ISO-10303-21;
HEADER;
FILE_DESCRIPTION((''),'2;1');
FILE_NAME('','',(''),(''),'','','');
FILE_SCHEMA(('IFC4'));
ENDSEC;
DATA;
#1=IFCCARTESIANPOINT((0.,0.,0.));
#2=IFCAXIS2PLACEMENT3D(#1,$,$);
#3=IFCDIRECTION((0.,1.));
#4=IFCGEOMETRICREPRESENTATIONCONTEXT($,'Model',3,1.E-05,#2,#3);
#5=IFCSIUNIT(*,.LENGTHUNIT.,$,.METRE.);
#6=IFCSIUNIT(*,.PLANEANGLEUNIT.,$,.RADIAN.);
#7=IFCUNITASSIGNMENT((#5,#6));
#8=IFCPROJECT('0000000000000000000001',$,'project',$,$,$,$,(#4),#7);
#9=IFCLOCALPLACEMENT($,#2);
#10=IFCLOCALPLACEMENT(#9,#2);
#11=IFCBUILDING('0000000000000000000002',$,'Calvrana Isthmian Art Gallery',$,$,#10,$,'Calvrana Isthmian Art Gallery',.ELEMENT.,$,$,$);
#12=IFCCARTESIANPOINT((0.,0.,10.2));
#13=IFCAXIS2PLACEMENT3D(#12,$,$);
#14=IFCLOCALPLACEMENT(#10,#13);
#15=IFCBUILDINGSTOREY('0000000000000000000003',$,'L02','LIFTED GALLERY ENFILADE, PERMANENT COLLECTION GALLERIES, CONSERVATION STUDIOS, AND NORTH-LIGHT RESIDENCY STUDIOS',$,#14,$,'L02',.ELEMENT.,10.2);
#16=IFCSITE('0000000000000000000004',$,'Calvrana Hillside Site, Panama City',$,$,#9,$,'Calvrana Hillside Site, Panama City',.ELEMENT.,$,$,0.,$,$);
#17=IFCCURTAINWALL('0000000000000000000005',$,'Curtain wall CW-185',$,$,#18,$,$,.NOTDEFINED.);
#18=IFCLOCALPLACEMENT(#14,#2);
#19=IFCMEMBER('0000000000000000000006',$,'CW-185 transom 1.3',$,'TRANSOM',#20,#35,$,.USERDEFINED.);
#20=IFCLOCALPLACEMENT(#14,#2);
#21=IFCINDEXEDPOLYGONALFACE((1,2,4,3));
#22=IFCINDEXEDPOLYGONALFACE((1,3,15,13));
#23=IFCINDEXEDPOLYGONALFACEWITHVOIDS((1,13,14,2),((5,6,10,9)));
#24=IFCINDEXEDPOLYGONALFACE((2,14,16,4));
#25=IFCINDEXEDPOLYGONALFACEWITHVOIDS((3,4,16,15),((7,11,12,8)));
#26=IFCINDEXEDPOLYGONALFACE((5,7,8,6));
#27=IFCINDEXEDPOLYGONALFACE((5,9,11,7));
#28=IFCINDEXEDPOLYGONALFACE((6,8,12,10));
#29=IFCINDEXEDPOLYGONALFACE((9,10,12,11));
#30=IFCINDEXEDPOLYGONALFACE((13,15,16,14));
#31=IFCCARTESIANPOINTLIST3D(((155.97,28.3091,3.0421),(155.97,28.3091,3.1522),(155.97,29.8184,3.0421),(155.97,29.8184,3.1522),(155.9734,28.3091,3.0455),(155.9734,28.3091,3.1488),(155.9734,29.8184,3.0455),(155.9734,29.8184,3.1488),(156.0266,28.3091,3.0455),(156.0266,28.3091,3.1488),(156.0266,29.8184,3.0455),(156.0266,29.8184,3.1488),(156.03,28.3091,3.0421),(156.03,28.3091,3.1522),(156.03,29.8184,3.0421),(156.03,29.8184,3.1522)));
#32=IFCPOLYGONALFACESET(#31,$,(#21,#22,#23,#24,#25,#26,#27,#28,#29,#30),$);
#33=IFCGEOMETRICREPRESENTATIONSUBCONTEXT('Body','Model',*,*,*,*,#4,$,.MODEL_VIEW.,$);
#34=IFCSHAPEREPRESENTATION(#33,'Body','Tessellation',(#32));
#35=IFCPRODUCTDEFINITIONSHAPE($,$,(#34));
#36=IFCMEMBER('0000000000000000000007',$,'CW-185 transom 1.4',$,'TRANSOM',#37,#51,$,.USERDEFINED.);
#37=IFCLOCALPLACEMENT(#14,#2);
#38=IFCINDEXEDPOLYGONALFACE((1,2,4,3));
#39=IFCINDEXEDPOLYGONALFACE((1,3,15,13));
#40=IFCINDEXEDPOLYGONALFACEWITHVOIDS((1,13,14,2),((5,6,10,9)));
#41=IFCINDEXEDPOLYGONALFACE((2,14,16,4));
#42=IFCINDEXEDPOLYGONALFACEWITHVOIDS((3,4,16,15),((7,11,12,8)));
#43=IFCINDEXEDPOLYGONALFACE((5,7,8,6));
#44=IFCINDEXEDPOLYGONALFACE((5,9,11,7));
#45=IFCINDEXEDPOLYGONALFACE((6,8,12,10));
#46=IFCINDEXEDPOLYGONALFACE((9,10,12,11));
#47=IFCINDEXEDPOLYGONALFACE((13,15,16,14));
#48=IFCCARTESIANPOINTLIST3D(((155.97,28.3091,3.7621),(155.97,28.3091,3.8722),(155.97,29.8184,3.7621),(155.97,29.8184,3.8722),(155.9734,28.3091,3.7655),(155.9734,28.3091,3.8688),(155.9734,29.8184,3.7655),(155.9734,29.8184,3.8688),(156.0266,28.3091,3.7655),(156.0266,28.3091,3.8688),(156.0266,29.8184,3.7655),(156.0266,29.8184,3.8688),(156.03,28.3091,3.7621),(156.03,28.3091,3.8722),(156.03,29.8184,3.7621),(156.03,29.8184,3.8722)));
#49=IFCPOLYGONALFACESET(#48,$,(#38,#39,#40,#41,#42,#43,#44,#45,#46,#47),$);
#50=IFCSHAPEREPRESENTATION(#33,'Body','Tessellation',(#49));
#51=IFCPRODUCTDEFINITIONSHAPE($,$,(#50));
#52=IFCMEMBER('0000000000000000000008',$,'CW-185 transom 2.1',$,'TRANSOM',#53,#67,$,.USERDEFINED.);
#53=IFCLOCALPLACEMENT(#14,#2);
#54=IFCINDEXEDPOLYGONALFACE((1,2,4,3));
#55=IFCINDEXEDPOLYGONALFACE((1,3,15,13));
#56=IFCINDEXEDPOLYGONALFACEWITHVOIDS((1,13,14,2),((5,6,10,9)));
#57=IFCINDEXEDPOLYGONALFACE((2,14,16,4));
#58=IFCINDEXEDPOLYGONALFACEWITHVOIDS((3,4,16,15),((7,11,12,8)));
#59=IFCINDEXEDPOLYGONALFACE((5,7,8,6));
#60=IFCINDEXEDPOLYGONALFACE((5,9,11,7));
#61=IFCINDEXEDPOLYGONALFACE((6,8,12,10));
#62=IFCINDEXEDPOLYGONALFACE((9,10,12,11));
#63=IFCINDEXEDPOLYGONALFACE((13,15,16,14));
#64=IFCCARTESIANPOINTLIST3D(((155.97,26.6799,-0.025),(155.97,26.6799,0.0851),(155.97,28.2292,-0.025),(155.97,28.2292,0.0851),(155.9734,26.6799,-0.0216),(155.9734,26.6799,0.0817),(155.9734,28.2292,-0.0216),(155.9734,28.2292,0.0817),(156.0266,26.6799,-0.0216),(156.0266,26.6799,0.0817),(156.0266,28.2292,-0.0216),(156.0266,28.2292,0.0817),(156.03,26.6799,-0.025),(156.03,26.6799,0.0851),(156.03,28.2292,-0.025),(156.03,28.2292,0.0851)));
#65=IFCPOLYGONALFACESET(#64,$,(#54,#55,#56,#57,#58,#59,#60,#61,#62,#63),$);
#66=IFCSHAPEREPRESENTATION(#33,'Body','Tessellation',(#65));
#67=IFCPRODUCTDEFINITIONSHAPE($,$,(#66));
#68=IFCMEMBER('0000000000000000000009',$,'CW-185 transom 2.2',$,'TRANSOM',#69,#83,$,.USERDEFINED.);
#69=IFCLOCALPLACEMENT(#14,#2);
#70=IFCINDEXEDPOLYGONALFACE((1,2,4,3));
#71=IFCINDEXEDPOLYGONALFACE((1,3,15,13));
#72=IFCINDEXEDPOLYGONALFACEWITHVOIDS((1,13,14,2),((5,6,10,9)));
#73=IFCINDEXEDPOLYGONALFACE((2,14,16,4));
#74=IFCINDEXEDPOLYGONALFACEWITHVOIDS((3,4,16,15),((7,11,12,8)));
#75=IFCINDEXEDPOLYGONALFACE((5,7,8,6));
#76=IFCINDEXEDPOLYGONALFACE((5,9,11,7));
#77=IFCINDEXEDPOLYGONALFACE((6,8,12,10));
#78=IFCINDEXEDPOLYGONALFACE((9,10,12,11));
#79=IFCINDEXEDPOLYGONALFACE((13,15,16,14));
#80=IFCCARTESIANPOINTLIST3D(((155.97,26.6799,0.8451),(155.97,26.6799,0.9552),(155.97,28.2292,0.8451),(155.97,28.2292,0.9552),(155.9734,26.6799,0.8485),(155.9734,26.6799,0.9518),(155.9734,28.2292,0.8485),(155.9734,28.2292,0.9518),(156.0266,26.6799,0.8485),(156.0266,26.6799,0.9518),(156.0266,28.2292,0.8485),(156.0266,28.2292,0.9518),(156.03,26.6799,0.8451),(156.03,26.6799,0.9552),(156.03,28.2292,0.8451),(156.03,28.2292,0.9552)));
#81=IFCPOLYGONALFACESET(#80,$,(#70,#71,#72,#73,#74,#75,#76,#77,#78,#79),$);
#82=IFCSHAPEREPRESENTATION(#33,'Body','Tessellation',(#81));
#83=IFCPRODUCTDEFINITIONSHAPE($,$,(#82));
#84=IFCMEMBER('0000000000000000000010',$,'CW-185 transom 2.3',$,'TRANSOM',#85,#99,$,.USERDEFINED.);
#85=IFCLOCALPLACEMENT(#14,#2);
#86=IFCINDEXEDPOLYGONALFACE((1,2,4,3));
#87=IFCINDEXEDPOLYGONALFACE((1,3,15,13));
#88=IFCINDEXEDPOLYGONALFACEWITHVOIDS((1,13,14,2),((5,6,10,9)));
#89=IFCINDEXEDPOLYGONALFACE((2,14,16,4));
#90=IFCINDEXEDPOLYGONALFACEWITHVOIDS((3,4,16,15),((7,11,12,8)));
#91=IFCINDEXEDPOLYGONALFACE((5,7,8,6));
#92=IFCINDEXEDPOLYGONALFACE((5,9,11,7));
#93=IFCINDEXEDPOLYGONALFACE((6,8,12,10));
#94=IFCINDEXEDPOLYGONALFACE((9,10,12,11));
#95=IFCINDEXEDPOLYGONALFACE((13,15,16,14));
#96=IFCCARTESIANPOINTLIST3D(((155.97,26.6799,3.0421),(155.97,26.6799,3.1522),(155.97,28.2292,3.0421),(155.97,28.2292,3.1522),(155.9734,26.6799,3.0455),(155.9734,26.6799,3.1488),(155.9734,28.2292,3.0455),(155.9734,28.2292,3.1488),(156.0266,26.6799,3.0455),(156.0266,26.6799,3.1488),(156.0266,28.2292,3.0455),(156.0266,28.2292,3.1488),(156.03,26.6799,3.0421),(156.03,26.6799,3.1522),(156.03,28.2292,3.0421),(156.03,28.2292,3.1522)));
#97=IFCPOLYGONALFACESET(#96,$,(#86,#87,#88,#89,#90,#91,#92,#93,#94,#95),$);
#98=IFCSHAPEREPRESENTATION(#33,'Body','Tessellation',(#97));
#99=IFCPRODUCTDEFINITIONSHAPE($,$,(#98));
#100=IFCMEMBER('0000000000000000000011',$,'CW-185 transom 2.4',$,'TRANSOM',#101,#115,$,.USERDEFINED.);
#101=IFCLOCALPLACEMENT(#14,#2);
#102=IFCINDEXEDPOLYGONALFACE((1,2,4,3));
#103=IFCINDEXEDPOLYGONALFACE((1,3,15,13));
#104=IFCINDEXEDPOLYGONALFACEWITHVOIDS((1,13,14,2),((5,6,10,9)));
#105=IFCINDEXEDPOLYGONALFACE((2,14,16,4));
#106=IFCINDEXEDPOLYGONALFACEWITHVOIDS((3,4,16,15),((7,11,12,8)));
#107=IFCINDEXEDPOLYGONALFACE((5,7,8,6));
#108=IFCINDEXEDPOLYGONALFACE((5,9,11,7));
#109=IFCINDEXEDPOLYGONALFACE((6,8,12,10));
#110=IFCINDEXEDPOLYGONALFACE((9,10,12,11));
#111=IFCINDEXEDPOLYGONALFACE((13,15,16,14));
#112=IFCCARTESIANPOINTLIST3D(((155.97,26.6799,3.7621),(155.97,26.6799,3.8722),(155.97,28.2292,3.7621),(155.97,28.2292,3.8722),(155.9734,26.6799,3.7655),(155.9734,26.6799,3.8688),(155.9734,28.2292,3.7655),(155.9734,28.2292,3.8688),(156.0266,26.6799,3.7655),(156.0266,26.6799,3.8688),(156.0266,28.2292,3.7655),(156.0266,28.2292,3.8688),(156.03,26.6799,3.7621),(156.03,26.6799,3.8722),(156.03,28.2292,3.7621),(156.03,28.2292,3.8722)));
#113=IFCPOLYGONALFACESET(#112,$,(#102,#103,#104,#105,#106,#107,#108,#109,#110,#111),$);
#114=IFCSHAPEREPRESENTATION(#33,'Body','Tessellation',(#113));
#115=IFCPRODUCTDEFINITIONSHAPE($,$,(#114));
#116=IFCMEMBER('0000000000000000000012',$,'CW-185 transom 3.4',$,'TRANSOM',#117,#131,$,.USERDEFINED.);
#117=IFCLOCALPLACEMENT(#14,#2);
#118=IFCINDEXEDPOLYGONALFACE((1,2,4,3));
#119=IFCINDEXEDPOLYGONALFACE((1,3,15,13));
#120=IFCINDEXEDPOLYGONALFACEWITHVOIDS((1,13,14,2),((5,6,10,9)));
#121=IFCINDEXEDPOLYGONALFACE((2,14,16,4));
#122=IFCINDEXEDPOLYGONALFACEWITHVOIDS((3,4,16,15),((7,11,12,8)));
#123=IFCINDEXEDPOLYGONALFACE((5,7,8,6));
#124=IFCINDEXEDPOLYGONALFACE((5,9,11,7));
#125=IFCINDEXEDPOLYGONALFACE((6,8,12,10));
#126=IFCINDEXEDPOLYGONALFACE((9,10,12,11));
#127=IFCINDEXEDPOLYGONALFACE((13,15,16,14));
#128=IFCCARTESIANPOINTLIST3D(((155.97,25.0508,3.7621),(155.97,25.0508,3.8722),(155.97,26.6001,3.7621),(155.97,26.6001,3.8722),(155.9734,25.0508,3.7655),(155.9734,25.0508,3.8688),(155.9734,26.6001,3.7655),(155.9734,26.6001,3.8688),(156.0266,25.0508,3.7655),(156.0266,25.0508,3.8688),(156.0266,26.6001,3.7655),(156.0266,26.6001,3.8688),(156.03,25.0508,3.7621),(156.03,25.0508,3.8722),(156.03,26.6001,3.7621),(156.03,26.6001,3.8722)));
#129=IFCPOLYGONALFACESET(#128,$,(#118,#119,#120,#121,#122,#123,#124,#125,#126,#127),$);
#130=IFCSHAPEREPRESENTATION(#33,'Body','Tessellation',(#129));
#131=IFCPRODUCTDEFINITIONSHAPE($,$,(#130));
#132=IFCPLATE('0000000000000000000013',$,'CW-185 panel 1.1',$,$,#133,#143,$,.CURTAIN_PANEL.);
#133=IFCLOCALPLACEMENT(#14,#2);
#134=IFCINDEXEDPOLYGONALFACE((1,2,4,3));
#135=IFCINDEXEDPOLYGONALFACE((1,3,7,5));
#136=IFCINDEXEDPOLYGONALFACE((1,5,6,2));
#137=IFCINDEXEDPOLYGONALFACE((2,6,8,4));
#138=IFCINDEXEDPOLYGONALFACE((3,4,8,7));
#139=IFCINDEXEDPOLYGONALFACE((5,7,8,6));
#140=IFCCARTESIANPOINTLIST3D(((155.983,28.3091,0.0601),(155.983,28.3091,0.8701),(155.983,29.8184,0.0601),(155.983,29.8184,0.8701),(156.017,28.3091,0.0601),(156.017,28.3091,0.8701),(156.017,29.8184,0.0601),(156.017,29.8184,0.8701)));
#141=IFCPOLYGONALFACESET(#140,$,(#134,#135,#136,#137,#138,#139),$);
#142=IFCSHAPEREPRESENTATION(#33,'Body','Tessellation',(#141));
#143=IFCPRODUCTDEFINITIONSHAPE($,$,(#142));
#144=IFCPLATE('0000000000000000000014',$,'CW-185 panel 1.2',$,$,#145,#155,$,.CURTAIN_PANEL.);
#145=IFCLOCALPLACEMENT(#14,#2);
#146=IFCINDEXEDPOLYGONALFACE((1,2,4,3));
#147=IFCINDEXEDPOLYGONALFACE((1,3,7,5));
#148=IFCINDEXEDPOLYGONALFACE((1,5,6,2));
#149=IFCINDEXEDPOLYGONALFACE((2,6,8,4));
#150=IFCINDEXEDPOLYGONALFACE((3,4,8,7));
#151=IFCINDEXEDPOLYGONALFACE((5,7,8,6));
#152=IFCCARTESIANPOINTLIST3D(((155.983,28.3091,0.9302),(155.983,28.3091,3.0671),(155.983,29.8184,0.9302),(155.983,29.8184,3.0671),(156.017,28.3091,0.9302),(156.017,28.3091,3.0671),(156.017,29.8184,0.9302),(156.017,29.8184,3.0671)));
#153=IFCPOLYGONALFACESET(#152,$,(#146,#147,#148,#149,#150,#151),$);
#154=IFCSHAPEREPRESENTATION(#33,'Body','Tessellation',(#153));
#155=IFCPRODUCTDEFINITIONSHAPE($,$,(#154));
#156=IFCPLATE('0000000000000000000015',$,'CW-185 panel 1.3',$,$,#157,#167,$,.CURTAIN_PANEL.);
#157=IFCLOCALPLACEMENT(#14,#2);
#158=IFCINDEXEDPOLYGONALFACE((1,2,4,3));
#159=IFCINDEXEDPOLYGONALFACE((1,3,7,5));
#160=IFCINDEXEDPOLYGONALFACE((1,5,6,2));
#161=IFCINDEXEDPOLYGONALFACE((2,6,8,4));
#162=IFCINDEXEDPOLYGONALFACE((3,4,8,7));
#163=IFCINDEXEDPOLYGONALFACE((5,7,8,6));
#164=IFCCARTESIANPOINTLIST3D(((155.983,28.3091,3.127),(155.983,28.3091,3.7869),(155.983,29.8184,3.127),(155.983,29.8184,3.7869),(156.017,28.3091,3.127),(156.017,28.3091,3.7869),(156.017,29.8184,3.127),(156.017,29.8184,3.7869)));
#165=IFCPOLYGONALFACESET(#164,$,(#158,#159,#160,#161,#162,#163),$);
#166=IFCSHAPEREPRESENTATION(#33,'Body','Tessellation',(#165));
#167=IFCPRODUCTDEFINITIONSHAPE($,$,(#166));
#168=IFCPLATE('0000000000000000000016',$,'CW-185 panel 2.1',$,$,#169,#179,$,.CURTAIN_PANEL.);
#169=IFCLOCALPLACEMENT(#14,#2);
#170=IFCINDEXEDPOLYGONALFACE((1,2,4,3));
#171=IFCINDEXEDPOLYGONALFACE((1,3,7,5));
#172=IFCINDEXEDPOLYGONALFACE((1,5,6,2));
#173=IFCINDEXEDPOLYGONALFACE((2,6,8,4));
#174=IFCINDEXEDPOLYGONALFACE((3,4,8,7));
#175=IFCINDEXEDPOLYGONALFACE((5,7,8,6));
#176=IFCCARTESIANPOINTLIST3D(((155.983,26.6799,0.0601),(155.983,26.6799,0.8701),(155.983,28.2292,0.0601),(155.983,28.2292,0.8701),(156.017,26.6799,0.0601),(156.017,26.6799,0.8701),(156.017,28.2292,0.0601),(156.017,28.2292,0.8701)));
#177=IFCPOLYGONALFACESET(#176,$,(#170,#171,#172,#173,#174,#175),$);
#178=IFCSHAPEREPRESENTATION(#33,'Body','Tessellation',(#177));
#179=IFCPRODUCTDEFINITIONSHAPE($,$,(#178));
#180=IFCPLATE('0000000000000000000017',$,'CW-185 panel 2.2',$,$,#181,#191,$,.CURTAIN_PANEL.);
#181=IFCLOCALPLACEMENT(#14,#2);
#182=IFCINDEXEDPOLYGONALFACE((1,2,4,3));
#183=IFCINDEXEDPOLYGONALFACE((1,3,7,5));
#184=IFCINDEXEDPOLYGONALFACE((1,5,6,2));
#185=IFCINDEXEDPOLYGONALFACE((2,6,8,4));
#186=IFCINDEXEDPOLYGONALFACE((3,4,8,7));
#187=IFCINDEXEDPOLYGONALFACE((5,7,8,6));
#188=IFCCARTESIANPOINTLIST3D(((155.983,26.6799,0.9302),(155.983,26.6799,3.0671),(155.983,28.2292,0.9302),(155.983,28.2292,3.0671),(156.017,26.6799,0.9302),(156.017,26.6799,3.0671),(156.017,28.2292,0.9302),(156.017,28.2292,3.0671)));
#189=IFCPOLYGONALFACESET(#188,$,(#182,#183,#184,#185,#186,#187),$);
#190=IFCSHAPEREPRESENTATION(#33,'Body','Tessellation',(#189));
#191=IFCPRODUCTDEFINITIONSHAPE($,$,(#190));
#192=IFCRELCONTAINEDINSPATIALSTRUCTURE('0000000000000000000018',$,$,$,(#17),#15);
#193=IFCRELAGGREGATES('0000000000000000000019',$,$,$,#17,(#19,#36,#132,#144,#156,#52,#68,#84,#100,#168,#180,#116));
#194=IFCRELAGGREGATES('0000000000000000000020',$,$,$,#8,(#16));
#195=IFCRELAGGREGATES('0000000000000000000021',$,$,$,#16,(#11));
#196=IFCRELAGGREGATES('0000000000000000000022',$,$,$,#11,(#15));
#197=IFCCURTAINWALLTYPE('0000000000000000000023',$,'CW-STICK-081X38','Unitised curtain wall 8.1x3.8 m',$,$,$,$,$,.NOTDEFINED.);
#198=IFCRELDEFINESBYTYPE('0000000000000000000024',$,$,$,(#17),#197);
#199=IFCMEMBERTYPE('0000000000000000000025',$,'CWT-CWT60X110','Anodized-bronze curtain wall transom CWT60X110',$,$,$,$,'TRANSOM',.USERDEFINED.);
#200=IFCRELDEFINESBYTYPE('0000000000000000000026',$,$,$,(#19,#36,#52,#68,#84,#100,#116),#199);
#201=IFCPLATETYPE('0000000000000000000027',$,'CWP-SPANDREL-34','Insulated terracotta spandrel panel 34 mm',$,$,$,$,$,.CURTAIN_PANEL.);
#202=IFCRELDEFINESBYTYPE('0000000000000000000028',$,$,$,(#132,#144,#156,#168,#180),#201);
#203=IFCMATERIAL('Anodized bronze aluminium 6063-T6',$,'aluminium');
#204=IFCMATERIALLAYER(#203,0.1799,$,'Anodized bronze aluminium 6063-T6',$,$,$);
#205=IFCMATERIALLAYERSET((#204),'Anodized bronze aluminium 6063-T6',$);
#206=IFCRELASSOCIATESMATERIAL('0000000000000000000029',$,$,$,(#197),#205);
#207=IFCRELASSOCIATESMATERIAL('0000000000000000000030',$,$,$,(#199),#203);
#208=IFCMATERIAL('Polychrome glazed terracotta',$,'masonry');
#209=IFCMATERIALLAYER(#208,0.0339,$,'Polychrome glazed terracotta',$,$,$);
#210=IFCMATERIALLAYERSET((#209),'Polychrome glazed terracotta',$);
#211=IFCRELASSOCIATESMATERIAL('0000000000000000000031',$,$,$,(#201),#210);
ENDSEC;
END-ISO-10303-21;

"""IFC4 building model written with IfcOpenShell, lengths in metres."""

from ifc_helpers import new_model, si_unit, direction, frame, origin, origin_2d, place, context, subcontext, project, spatial, rectangle, hollow_rectangle, extrude, material, layer, layer_set, material_profile, profile_set, type_object, element, aggregate, save


model = new_model("IFC4")

# Units and contexts
model_context = context("Model", 3, precision=1e-05, world=origin(), true_north=direction((0.0, 1.0)))
body_context = subcontext(model_context, "Body", "Model", "MODEL_VIEW")
ifc_project = project(units=[si_unit("LENGTHUNIT", "METRE"), si_unit("PLANEANGLEUNIT", "RADIAN")], contexts=[model_context])

# Site, building, storey
site_placement = place(None, origin())
site = spatial("IfcSite", under=ifc_project, at=site_placement, Name="Calvrana Hillside Site, Panama City", LongName="Calvrana Hillside Site, Panama City", CompositionType="ELEMENT", RefElevation=0.0)
building_placement = place(site_placement, origin())
building = spatial("IfcBuilding", under=site, at=building_placement, Name="Calvrana Isthmian Art Gallery", LongName="Calvrana Isthmian Art Gallery", CompositionType="ELEMENT")
storey_placement = place(building_placement, frame((0.0, 0.0, 10.2)))
storey = spatial("IfcBuildingStorey", under=building, at=storey_placement, Name="L02", Description="LIFTED GALLERY ENFILADE, PERMANENT COLLECTION GALLERIES, CONSERVATION STUDIOS, AND NORTH-LIGHT RESIDENCY STUDIOS", LongName="L02", CompositionType="ELEMENT", Elevation=10.2)

# Curtain wall, members, plates
ifc_material_1 = material(Name="Anodized bronze aluminium 6063-T6", Category="aluminium")
ifc_layer_1 = layer(ifc_material_1, 0.1799, Name="Anodized bronze aluminium 6063-T6")
ifc_layer_set_1 = layer_set([ifc_layer_1], Name="Anodized bronze aluminium 6063-T6")
curtain_wall_type = type_object("IfcCurtainWallType", Name="CW-STICK-081X38", Description="Unitised curtain wall 8.1x3.8 m", PredefinedType="NOTDEFINED", material=ifc_layer_set_1)
curtain_wall_placement = place(storey_placement, origin())
curtain_wall = element("IfcCurtainWall", 1, at=curtain_wall_placement, inside=storey, type_object=curtain_wall_type, Name="Curtain wall CW-185", PredefinedType="NOTDEFINED")
ifc_material_profile_1 = material_profile(ifc_material_1, hollow_rectangle(XDim=0.0601, YDim=0.1101, WallThickness=0.0034, at=origin_2d()), Name="CWT60X110")
ifc_profile_set_1 = profile_set([ifc_material_profile_1], Name="Anodized bronze aluminium 6063-T6")
member_type_1 = type_object("IfcMemberType", Name="CWT-CWT60X110", Description="Anodized-bronze curtain wall transom CWT60X110", ElementType="TRANSOM", PredefinedType="USERDEFINED", material=ifc_profile_set_1)
member_1_placement = place(storey_placement, frame((156.0, 29.8184, 3.0972), z_axis=(0.0, -1.0, 0.0), x_axis=(1.0, 0.0, 0.0)))
member_1 = element("IfcMember", 2, at=member_1_placement, type_object=member_type_1, Name="CW-185 transom 1.3", ObjectType="TRANSOM", PredefinedType="USERDEFINED", context=body_context, shape_type="SweptSolid", body=[
    extrude(hollow_rectangle(XDim=0.0601, YDim=0.1101, WallThickness=0.0034, at=origin_2d()), origin(), (0.0, 0.0, 1.0), 1.5093),
])
member_2_placement = place(storey_placement, frame((156.0, 29.8184, 3.8171), z_axis=(0.0, -1.0, 0.0), x_axis=(1.0, 0.0, 0.0)))
member_2 = element("IfcMember", 3, at=member_2_placement, type_object=member_type_1, Name="CW-185 transom 1.4", ObjectType="TRANSOM", PredefinedType="USERDEFINED", context=body_context, shape_type="SweptSolid", body=[
    extrude(hollow_rectangle(XDim=0.0601, YDim=0.1101, WallThickness=0.0034, at=origin_2d()), origin(), (0.0, 0.0, 1.0), 1.5093),
])
member_3_placement = place(storey_placement, frame((156.0, 28.2292, 0.03), z_axis=(0.0, -1.0, 0.0), x_axis=(1.0, 0.0, 0.0)))
member_3 = element("IfcMember", 4, at=member_3_placement, type_object=member_type_1, Name="CW-185 transom 2.1", ObjectType="TRANSOM", PredefinedType="USERDEFINED", context=body_context, shape_type="SweptSolid", body=[
    extrude(hollow_rectangle(XDim=0.0601, YDim=0.1101, WallThickness=0.0034, at=origin_2d()), origin(), (0.0, 0.0, 1.0), 1.5493),
])
member_4_placement = place(storey_placement, frame((156.0, 28.2292, 0.9001), z_axis=(0.0, -1.0, 0.0), x_axis=(1.0, 0.0, 0.0)))
member_4 = element("IfcMember", 5, at=member_4_placement, type_object=member_type_1, Name="CW-185 transom 2.2", ObjectType="TRANSOM", PredefinedType="USERDEFINED", context=body_context, shape_type="SweptSolid", body=[
    extrude(hollow_rectangle(XDim=0.0601, YDim=0.1101, WallThickness=0.0034, at=origin_2d()), origin(), (0.0, 0.0, 1.0), 1.5493),
])
member_5_placement = place(storey_placement, frame((156.0, 28.2292, 3.0972), z_axis=(0.0, -1.0, 0.0), x_axis=(1.0, 0.0, 0.0)))
member_5 = element("IfcMember", 6, at=member_5_placement, type_object=member_type_1, Name="CW-185 transom 2.3", ObjectType="TRANSOM", PredefinedType="USERDEFINED", context=body_context, shape_type="SweptSolid", body=[
    extrude(hollow_rectangle(XDim=0.0601, YDim=0.1101, WallThickness=0.0034, at=origin_2d()), origin(), (0.0, 0.0, 1.0), 1.5493),
])
member_6_placement = place(storey_placement, frame((156.0, 28.2292, 3.8171), z_axis=(0.0, -1.0, 0.0), x_axis=(1.0, 0.0, 0.0)))
member_6 = element("IfcMember", 7, at=member_6_placement, type_object=member_type_1, Name="CW-185 transom 2.4", ObjectType="TRANSOM", PredefinedType="USERDEFINED", context=body_context, shape_type="SweptSolid", body=[
    extrude(hollow_rectangle(XDim=0.0601, YDim=0.1101, WallThickness=0.0034, at=origin_2d()), origin(), (0.0, 0.0, 1.0), 1.5493),
])
member_7_placement = place(storey_placement, frame((156.0, 26.6001, 3.8171), z_axis=(0.0, -1.0, 0.0), x_axis=(1.0, 0.0, 0.0)))
member_7 = element("IfcMember", 8, at=member_7_placement, type_object=member_type_1, Name="CW-185 transom 3.4", ObjectType="TRANSOM", PredefinedType="USERDEFINED", context=body_context, shape_type="SweptSolid", body=[
    extrude(hollow_rectangle(XDim=0.0601, YDim=0.1101, WallThickness=0.0034, at=origin_2d()), origin(), (0.0, 0.0, 1.0), 1.5493),
])
ifc_material_2 = material(Name="Polychrome glazed terracotta", Category="masonry")
ifc_layer_2 = layer(ifc_material_2, 0.0339, Name="Polychrome glazed terracotta")
ifc_layer_set_2 = layer_set([ifc_layer_2], Name="Polychrome glazed terracotta")
plate_type_1 = type_object("IfcPlateType", Name="CWP-SPANDREL-34", Description="Insulated terracotta spandrel panel 34 mm", PredefinedType="CURTAIN_PANEL", material=ifc_layer_set_2)
plate_1_placement = place(storey_placement, frame((156.0, 29.0637, 0.0601), z_axis=(0.0, 0.0, 1.0), x_axis=(0.0, -1.0, 0.0)))
plate_1 = element("IfcPlate", 9, at=plate_1_placement, type_object=plate_type_1, Name="CW-185 panel 1.1", PredefinedType="CURTAIN_PANEL", context=body_context, shape_type="SweptSolid", body=[
    extrude(rectangle(XDim=1.5093, YDim=0.0339, at=origin_2d()), origin(), (0.0, 0.0, 1.0), 0.8101),
])
plate_2_placement = place(storey_placement, frame((156.0, 29.0637, 0.9302), z_axis=(0.0, 0.0, 1.0), x_axis=(0.0, -1.0, 0.0)))
plate_2 = element("IfcPlate", 10, at=plate_2_placement, type_object=plate_type_1, Name="CW-185 panel 1.2", PredefinedType="CURTAIN_PANEL", context=body_context, shape_type="SweptSolid", body=[
    extrude(rectangle(XDim=1.5093, YDim=0.0339, at=origin_2d()), origin(), (0.0, 0.0, 1.0), 2.137),
])
plate_3_placement = place(storey_placement, frame((156.0, 29.0637, 3.127), z_axis=(0.0, 0.0, 1.0), x_axis=(0.0, -1.0, 0.0)))
plate_3 = element("IfcPlate", 11, at=plate_3_placement, type_object=plate_type_1, Name="CW-185 panel 1.3", PredefinedType="CURTAIN_PANEL", context=body_context, shape_type="SweptSolid", body=[
    extrude(rectangle(XDim=1.5093, YDim=0.0339, at=origin_2d()), origin(), (0.0, 0.0, 1.0), 0.6599),
])
plate_4_placement = place(storey_placement, frame((156.0, 27.4546, 0.0601), z_axis=(0.0, 0.0, 1.0), x_axis=(0.0, -1.0, 0.0)))
plate_4 = element("IfcPlate", 12, at=plate_4_placement, type_object=plate_type_1, Name="CW-185 panel 2.1", PredefinedType="CURTAIN_PANEL", context=body_context, shape_type="SweptSolid", body=[
    extrude(rectangle(XDim=1.5493, YDim=0.0339, at=origin_2d()), origin(), (0.0, 0.0, 1.0), 0.8101),
])
plate_5_placement = place(storey_placement, frame((156.0, 27.4546, 0.9302), z_axis=(0.0, 0.0, 1.0), x_axis=(0.0, -1.0, 0.0)))
plate_5 = element("IfcPlate", 13, at=plate_5_placement, type_object=plate_type_1, Name="CW-185 panel 2.2", PredefinedType="CURTAIN_PANEL", context=body_context, shape_type="SweptSolid", body=[
    extrude(rectangle(XDim=1.5493, YDim=0.0339, at=origin_2d()), origin(), (0.0, 0.0, 1.0), 2.137),
])
aggregate(curtain_wall, [member_1, member_2, plate_1, plate_2, plate_3, member_3, member_4, member_5, member_6, plate_4, plate_5, member_7])

save(model, "model.ifc")
